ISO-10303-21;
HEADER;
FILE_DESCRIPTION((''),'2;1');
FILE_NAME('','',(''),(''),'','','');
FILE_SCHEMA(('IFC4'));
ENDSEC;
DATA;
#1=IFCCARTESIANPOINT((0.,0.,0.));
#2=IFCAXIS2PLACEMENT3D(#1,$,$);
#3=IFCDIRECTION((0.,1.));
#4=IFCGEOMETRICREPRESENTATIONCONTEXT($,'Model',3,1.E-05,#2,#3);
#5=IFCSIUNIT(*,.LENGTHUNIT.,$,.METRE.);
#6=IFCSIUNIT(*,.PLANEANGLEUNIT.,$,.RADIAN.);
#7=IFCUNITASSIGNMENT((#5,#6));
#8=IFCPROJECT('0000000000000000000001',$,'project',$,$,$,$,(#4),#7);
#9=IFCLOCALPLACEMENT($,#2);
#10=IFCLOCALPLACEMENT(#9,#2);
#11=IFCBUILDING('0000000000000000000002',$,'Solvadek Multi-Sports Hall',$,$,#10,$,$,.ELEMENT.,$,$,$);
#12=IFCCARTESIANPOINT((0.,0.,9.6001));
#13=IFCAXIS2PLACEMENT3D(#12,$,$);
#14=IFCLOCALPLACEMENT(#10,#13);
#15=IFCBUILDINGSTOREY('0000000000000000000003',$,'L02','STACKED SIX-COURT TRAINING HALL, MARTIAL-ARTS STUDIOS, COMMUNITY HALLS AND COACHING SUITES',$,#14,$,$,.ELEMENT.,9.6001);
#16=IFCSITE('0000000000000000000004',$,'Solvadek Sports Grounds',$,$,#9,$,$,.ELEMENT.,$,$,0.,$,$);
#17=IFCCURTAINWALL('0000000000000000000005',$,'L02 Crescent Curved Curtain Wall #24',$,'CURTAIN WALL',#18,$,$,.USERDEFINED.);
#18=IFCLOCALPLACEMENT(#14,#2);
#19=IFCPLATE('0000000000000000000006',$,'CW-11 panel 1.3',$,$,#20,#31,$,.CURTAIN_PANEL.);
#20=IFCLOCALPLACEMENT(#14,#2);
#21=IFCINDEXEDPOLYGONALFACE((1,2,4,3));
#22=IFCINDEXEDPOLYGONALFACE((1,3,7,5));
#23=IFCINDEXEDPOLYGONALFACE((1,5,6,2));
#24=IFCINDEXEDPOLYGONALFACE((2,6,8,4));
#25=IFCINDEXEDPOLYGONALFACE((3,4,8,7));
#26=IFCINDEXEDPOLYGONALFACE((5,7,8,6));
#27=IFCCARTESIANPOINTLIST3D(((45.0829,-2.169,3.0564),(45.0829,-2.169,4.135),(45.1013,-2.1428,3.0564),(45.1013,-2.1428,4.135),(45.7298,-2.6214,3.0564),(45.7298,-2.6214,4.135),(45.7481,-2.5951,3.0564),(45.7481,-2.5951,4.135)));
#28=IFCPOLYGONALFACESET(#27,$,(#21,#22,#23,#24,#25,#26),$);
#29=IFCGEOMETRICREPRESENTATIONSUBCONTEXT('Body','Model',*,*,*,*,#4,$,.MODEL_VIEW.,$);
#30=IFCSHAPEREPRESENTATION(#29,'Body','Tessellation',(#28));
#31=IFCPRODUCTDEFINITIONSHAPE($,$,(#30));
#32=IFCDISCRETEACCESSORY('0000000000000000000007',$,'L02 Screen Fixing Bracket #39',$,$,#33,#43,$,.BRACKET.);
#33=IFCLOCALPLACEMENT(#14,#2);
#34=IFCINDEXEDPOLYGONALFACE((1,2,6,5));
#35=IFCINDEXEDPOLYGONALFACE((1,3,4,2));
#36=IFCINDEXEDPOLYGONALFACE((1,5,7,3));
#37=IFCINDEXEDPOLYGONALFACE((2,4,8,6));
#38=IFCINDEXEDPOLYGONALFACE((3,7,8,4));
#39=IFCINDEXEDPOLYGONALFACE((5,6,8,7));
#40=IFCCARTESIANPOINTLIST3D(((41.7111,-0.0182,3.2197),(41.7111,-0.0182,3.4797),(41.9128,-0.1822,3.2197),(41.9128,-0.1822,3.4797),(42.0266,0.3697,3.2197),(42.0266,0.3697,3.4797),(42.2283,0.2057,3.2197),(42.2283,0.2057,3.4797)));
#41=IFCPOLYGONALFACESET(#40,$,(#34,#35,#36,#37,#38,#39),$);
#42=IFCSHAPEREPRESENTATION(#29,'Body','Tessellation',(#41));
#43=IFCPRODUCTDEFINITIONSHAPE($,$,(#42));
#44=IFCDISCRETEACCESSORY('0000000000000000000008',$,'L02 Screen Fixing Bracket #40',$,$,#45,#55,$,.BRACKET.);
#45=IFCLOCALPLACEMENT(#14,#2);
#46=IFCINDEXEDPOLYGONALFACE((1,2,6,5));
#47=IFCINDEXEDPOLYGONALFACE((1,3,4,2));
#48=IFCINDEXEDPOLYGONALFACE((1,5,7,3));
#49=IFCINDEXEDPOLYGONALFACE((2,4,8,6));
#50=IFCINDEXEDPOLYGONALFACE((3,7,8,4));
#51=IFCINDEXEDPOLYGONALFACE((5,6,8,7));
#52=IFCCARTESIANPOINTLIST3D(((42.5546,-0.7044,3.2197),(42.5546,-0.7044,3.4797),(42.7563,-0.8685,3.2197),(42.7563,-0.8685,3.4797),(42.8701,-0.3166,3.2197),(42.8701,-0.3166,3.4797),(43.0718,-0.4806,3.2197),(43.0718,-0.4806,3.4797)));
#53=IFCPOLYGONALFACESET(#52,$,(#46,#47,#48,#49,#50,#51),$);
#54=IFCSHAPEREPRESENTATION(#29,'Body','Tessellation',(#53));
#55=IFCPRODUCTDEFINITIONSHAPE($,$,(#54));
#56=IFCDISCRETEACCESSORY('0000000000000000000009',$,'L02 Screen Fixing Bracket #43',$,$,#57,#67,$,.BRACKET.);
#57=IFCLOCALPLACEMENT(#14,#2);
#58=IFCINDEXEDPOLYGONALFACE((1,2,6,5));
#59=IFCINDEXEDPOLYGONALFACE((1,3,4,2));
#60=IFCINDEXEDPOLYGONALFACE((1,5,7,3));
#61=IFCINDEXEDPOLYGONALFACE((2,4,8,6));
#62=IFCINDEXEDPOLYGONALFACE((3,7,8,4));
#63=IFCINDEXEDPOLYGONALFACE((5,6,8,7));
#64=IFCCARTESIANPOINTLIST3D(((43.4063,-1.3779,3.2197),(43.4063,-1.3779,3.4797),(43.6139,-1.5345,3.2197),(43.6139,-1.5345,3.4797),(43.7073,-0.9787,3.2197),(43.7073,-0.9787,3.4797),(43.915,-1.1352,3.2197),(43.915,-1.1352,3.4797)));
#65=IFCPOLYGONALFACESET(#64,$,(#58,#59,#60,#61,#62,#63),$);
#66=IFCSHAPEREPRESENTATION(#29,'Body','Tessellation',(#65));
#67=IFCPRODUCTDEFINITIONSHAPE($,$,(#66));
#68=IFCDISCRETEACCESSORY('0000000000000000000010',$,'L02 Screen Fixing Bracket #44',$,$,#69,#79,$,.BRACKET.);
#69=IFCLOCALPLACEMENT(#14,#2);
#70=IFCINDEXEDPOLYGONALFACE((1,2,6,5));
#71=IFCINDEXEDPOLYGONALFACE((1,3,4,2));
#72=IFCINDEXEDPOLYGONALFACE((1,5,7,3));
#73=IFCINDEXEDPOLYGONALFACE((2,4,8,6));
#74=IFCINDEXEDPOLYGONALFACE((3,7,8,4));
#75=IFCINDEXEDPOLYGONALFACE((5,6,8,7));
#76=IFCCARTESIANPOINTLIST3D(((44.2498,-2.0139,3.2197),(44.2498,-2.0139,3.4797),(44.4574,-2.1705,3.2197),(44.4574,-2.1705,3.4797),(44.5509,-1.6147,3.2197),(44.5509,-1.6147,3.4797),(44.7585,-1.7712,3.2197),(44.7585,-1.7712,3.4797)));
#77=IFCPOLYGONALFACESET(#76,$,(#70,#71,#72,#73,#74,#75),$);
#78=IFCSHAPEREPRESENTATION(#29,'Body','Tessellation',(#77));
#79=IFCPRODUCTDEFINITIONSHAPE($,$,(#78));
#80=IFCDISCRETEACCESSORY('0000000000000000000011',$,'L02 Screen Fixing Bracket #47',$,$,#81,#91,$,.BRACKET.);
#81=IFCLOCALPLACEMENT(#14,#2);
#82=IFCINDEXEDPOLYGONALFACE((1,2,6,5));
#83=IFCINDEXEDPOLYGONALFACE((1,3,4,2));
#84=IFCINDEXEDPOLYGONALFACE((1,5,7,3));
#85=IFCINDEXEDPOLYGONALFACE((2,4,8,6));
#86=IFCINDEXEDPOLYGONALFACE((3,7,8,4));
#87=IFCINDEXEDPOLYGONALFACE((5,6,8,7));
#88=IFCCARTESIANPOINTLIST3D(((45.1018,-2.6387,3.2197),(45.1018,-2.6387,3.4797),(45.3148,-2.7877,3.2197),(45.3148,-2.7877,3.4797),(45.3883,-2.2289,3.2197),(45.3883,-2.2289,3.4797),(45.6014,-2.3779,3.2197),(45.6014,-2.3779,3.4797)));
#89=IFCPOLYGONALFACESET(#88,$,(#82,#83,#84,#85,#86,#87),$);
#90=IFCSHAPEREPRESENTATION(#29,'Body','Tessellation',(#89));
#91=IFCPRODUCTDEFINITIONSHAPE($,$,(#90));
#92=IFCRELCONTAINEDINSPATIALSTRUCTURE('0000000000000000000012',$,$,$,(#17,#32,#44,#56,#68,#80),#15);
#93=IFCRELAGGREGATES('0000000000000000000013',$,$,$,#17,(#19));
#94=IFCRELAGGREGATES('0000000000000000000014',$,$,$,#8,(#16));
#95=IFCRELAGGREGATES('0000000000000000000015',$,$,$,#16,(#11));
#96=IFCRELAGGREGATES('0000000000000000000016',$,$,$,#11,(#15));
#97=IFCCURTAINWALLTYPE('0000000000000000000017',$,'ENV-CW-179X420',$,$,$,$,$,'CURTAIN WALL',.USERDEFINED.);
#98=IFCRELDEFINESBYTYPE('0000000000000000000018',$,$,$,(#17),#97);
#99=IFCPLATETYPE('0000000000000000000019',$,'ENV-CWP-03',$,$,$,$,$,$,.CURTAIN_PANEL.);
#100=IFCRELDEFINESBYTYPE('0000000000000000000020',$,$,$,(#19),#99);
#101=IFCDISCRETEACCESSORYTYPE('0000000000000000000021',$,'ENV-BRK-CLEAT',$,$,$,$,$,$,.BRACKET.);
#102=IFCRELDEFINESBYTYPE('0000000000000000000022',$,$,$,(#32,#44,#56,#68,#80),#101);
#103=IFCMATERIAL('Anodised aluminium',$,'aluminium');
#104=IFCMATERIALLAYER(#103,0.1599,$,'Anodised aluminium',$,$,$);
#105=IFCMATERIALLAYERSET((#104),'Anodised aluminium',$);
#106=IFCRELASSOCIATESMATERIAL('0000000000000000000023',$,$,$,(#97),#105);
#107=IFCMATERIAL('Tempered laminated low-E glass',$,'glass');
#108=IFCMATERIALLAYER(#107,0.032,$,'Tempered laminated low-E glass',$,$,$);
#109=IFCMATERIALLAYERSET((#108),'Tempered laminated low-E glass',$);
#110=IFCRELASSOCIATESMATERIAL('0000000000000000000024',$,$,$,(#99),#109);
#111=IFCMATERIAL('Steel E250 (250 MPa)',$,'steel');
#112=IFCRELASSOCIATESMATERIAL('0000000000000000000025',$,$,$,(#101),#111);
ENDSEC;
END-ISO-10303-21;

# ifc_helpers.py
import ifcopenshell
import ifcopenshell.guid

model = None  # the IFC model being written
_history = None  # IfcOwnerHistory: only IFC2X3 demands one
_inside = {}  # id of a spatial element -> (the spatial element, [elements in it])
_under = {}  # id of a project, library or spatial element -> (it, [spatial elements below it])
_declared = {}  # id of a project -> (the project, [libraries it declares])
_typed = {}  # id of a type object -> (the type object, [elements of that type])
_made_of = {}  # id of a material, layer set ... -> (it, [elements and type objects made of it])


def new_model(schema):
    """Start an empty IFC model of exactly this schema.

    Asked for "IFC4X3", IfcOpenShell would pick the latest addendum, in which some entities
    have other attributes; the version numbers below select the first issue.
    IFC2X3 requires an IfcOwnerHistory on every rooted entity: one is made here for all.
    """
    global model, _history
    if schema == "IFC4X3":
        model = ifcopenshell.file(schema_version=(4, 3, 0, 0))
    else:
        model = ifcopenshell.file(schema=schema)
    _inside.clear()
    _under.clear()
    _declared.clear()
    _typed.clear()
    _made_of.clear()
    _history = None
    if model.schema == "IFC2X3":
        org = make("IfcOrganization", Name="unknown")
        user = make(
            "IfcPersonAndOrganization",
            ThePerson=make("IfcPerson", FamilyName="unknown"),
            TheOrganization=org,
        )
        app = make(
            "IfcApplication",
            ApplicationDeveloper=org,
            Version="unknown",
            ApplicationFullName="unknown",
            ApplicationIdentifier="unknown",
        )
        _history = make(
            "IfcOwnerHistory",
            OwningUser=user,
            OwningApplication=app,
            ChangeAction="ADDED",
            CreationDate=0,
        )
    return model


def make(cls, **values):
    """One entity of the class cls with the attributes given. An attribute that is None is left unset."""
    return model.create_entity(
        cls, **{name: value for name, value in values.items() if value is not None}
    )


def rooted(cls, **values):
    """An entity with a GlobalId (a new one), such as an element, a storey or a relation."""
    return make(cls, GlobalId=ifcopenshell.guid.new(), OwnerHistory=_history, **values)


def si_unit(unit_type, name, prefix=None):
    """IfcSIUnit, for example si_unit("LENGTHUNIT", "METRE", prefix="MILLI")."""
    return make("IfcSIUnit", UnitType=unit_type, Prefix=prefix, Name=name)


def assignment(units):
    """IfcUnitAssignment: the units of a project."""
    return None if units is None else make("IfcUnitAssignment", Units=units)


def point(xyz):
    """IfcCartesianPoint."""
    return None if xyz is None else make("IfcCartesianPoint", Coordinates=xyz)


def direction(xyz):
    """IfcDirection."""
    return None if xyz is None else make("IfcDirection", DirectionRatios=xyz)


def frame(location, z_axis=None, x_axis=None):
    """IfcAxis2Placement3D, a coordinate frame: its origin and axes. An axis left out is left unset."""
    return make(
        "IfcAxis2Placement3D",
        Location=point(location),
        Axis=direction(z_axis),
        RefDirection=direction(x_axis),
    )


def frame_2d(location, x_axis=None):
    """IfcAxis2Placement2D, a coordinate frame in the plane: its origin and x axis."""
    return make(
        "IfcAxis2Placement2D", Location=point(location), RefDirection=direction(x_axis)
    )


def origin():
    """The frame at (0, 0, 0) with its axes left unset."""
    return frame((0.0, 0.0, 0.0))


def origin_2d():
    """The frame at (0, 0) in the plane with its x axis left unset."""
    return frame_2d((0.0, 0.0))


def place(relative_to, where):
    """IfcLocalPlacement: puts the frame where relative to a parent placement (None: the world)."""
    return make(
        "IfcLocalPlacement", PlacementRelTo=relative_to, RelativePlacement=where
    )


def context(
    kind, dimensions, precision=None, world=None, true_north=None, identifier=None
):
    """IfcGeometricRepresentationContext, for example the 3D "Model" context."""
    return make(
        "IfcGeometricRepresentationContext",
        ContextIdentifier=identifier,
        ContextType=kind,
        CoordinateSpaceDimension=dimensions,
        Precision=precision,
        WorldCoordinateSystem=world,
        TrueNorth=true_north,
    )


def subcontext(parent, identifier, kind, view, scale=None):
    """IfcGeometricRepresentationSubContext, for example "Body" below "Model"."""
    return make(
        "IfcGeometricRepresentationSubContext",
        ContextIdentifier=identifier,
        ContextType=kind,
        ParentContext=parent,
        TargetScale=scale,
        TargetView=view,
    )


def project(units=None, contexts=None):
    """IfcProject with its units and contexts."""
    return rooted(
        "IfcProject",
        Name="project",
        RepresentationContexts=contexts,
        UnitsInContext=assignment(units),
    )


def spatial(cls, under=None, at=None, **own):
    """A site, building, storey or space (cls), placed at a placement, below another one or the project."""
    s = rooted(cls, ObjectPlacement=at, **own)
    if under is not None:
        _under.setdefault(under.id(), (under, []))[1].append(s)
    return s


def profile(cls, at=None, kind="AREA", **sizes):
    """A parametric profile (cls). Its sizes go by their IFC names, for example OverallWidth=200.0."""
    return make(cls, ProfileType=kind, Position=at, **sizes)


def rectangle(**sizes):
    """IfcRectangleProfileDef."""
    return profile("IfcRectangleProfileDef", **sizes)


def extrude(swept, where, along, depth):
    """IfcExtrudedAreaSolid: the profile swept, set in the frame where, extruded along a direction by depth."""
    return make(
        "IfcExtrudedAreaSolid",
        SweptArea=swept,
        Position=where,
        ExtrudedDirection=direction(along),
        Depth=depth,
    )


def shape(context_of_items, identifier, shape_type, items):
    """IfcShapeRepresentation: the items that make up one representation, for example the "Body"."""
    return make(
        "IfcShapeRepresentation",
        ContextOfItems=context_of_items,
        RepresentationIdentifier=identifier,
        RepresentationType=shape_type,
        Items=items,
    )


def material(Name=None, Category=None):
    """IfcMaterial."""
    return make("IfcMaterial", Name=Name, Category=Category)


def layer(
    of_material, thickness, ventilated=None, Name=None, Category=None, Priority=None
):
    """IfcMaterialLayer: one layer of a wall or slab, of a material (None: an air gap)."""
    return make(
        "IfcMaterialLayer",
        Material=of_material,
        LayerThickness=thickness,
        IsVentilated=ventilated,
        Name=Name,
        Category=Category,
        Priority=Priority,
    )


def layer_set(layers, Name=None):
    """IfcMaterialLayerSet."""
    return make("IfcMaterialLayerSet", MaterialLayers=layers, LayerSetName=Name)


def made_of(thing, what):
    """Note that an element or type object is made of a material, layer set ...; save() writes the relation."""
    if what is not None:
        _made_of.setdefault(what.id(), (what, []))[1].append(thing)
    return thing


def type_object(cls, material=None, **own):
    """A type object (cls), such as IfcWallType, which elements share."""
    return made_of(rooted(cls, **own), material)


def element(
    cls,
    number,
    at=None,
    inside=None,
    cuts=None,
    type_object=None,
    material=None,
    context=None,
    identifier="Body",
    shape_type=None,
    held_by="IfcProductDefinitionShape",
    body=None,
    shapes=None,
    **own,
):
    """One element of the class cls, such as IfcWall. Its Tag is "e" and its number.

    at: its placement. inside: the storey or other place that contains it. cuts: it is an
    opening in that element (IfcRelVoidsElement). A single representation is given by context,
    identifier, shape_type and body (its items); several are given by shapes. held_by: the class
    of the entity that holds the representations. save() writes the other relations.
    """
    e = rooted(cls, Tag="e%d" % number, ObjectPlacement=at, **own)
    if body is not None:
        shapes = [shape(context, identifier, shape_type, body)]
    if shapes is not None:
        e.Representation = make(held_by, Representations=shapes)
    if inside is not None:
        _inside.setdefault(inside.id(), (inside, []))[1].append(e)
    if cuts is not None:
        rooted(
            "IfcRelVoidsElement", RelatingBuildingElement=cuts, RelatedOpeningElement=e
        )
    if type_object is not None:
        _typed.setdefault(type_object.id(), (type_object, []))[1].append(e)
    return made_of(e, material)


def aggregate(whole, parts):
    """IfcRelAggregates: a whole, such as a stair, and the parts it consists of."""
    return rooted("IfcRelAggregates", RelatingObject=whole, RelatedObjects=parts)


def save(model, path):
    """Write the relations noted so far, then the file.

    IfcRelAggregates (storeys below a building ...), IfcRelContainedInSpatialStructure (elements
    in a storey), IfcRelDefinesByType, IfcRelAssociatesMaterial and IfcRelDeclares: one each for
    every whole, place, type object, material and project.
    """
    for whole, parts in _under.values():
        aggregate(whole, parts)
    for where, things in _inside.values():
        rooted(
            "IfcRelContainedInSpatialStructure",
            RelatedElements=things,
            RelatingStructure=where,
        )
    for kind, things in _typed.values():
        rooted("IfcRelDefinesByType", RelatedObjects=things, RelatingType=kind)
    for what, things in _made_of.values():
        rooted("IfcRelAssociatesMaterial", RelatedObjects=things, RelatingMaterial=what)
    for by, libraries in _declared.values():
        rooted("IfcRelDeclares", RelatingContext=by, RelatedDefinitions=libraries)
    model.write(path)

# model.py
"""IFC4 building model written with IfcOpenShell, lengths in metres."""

from ifc_helpers import new_model, si_unit, direction, frame, origin, origin_2d, place, context, subcontext, project, spatial, rectangle, extrude, material, layer, layer_set, type_object, element, aggregate, save


model = new_model("IFC4")

# Units and contexts
model_context = context("Model", 3, precision=1e-05, world=origin(), true_north=direction((0.0, 1.0)))
body_context = subcontext(model_context, "Body", "Model", "MODEL_VIEW")
ifc_project = project(units=[si_unit("LENGTHUNIT", "METRE"), si_unit("PLANEANGLEUNIT", "RADIAN")], contexts=[model_context])

# Site, building, storey
site_placement = place(None, origin())
site = spatial("IfcSite", under=ifc_project, at=site_placement, Name="Solvadek Sports Grounds", CompositionType="ELEMENT", RefElevation=0.0)
building_placement = place(site_placement, origin())
building = spatial("IfcBuilding", under=site, at=building_placement, Name="Solvadek Multi-Sports Hall", CompositionType="ELEMENT")
storey_placement = place(building_placement, frame((0.0, 0.0, 9.6001)))
storey = spatial("IfcBuildingStorey", under=building, at=storey_placement, Name="L02", Description="STACKED SIX-COURT TRAINING HALL, MARTIAL-ARTS STUDIOS, COMMUNITY HALLS AND COACHING SUITES", CompositionType="ELEMENT", Elevation=9.6001)

# Curtain wall
ifc_material_1 = material(Name="Anodised aluminium", Category="aluminium")
ifc_layer_1 = layer(ifc_material_1, 0.1599, Name="Anodised aluminium")
ifc_layer_set_1 = layer_set([ifc_layer_1], Name="Anodised aluminium")
curtain_wall_type_1 = type_object("IfcCurtainWallType", Name="ENV-CW-179X420", ElementType="CURTAIN WALL", PredefinedType="USERDEFINED", material=ifc_layer_set_1)
curtain_wall_1_placement = place(storey_placement, origin())
curtain_wall_1 = element("IfcCurtainWall", 1, at=curtain_wall_1_placement, inside=storey, type_object=curtain_wall_type_1, Name="L02 Crescent Curved Curtain Wall #24", ObjectType="CURTAIN WALL", PredefinedType="USERDEFINED")

# Plate
ifc_material_2 = material(Name="Tempered laminated low-E glass", Category="glass")
ifc_layer_2 = layer(ifc_material_2, 0.032, Name="Tempered laminated low-E glass")
ifc_layer_set_2 = layer_set([ifc_layer_2], Name="Tempered laminated low-E glass")
plate_type_1 = type_object("IfcPlateType", Name="ENV-CWP-03", PredefinedType="CURTAIN_PANEL", material=ifc_layer_set_2)
plate_1_placement = place(storey_placement, frame((45.4155, -2.3821, 3.0564), z_axis=(0.0, 0.0, 1.0), x_axis=(0.8195, -0.57308, 0.0)))
plate_1 = element("IfcPlate", 2, at=plate_1_placement, type_object=plate_type_1, Name="CW-11 panel 1.3", PredefinedType="CURTAIN_PANEL", context=body_context, shape_type="SweptSolid", body=[
    extrude(rectangle(XDim=0.7893, YDim=0.032, at=origin_2d()), origin(), (0.0, 0.0, 1.0), 1.0786),
])
aggregate(curtain_wall_1, [plate_1])

# Discrete accessories
ifc_material_3 = material(Name="Steel E250 (250 MPa)", Category="steel")
discrete_accessory_type = type_object("IfcDiscreteAccessoryType", Name="ENV-BRK-CLEAT", PredefinedType="BRACKET", material=ifc_material_3)
for number, where, z_axis, x_axis, name in (
    (3, (41.9697, 0.0938, 3.2197), (0.0, 0.0, 1.0), (0.775755, -0.631034, 0.0), "L02 Screen Fixing Bracket #39"),
    (4, (42.8132, -0.5925, 3.2197), (0.0, 0.0, 1.0), (0.775755, -0.631034, 0.0), "L02 Screen Fixing Bracket #40"),
    (5, (43.6606, -1.2566, 3.2197), (0.0, 0.0, 1.0), (0.798475, -0.602028, 0.0), "L02 Screen Fixing Bracket #43"),
    (6, (44.5042, -1.8926, 3.2197), (0.0, 0.0, 1.0), (0.798475, -0.602028, 0.0), "L02 Screen Fixing Bracket #44"),
    (7, (45.3516, -2.5083, 3.2197), (0.0, 0.0, 1.0), (0.819513, -0.573061, 0.0), "L02 Screen Fixing Bracket #47"),
):
    element("IfcDiscreteAccessory", number, at=place(storey_placement, frame(where, z_axis=z_axis, x_axis=x_axis)), inside=storey, type_object=discrete_accessory_type, Name=name, PredefinedType="BRACKET", context=body_context, shape_type="SweptSolid", body=[
        extrude(rectangle(XDim=0.26, YDim=0.5, at=origin_2d()), origin(), (0.0, 0.0, 1.0), 0.26),
    ])

save(model, "model.ifc")
